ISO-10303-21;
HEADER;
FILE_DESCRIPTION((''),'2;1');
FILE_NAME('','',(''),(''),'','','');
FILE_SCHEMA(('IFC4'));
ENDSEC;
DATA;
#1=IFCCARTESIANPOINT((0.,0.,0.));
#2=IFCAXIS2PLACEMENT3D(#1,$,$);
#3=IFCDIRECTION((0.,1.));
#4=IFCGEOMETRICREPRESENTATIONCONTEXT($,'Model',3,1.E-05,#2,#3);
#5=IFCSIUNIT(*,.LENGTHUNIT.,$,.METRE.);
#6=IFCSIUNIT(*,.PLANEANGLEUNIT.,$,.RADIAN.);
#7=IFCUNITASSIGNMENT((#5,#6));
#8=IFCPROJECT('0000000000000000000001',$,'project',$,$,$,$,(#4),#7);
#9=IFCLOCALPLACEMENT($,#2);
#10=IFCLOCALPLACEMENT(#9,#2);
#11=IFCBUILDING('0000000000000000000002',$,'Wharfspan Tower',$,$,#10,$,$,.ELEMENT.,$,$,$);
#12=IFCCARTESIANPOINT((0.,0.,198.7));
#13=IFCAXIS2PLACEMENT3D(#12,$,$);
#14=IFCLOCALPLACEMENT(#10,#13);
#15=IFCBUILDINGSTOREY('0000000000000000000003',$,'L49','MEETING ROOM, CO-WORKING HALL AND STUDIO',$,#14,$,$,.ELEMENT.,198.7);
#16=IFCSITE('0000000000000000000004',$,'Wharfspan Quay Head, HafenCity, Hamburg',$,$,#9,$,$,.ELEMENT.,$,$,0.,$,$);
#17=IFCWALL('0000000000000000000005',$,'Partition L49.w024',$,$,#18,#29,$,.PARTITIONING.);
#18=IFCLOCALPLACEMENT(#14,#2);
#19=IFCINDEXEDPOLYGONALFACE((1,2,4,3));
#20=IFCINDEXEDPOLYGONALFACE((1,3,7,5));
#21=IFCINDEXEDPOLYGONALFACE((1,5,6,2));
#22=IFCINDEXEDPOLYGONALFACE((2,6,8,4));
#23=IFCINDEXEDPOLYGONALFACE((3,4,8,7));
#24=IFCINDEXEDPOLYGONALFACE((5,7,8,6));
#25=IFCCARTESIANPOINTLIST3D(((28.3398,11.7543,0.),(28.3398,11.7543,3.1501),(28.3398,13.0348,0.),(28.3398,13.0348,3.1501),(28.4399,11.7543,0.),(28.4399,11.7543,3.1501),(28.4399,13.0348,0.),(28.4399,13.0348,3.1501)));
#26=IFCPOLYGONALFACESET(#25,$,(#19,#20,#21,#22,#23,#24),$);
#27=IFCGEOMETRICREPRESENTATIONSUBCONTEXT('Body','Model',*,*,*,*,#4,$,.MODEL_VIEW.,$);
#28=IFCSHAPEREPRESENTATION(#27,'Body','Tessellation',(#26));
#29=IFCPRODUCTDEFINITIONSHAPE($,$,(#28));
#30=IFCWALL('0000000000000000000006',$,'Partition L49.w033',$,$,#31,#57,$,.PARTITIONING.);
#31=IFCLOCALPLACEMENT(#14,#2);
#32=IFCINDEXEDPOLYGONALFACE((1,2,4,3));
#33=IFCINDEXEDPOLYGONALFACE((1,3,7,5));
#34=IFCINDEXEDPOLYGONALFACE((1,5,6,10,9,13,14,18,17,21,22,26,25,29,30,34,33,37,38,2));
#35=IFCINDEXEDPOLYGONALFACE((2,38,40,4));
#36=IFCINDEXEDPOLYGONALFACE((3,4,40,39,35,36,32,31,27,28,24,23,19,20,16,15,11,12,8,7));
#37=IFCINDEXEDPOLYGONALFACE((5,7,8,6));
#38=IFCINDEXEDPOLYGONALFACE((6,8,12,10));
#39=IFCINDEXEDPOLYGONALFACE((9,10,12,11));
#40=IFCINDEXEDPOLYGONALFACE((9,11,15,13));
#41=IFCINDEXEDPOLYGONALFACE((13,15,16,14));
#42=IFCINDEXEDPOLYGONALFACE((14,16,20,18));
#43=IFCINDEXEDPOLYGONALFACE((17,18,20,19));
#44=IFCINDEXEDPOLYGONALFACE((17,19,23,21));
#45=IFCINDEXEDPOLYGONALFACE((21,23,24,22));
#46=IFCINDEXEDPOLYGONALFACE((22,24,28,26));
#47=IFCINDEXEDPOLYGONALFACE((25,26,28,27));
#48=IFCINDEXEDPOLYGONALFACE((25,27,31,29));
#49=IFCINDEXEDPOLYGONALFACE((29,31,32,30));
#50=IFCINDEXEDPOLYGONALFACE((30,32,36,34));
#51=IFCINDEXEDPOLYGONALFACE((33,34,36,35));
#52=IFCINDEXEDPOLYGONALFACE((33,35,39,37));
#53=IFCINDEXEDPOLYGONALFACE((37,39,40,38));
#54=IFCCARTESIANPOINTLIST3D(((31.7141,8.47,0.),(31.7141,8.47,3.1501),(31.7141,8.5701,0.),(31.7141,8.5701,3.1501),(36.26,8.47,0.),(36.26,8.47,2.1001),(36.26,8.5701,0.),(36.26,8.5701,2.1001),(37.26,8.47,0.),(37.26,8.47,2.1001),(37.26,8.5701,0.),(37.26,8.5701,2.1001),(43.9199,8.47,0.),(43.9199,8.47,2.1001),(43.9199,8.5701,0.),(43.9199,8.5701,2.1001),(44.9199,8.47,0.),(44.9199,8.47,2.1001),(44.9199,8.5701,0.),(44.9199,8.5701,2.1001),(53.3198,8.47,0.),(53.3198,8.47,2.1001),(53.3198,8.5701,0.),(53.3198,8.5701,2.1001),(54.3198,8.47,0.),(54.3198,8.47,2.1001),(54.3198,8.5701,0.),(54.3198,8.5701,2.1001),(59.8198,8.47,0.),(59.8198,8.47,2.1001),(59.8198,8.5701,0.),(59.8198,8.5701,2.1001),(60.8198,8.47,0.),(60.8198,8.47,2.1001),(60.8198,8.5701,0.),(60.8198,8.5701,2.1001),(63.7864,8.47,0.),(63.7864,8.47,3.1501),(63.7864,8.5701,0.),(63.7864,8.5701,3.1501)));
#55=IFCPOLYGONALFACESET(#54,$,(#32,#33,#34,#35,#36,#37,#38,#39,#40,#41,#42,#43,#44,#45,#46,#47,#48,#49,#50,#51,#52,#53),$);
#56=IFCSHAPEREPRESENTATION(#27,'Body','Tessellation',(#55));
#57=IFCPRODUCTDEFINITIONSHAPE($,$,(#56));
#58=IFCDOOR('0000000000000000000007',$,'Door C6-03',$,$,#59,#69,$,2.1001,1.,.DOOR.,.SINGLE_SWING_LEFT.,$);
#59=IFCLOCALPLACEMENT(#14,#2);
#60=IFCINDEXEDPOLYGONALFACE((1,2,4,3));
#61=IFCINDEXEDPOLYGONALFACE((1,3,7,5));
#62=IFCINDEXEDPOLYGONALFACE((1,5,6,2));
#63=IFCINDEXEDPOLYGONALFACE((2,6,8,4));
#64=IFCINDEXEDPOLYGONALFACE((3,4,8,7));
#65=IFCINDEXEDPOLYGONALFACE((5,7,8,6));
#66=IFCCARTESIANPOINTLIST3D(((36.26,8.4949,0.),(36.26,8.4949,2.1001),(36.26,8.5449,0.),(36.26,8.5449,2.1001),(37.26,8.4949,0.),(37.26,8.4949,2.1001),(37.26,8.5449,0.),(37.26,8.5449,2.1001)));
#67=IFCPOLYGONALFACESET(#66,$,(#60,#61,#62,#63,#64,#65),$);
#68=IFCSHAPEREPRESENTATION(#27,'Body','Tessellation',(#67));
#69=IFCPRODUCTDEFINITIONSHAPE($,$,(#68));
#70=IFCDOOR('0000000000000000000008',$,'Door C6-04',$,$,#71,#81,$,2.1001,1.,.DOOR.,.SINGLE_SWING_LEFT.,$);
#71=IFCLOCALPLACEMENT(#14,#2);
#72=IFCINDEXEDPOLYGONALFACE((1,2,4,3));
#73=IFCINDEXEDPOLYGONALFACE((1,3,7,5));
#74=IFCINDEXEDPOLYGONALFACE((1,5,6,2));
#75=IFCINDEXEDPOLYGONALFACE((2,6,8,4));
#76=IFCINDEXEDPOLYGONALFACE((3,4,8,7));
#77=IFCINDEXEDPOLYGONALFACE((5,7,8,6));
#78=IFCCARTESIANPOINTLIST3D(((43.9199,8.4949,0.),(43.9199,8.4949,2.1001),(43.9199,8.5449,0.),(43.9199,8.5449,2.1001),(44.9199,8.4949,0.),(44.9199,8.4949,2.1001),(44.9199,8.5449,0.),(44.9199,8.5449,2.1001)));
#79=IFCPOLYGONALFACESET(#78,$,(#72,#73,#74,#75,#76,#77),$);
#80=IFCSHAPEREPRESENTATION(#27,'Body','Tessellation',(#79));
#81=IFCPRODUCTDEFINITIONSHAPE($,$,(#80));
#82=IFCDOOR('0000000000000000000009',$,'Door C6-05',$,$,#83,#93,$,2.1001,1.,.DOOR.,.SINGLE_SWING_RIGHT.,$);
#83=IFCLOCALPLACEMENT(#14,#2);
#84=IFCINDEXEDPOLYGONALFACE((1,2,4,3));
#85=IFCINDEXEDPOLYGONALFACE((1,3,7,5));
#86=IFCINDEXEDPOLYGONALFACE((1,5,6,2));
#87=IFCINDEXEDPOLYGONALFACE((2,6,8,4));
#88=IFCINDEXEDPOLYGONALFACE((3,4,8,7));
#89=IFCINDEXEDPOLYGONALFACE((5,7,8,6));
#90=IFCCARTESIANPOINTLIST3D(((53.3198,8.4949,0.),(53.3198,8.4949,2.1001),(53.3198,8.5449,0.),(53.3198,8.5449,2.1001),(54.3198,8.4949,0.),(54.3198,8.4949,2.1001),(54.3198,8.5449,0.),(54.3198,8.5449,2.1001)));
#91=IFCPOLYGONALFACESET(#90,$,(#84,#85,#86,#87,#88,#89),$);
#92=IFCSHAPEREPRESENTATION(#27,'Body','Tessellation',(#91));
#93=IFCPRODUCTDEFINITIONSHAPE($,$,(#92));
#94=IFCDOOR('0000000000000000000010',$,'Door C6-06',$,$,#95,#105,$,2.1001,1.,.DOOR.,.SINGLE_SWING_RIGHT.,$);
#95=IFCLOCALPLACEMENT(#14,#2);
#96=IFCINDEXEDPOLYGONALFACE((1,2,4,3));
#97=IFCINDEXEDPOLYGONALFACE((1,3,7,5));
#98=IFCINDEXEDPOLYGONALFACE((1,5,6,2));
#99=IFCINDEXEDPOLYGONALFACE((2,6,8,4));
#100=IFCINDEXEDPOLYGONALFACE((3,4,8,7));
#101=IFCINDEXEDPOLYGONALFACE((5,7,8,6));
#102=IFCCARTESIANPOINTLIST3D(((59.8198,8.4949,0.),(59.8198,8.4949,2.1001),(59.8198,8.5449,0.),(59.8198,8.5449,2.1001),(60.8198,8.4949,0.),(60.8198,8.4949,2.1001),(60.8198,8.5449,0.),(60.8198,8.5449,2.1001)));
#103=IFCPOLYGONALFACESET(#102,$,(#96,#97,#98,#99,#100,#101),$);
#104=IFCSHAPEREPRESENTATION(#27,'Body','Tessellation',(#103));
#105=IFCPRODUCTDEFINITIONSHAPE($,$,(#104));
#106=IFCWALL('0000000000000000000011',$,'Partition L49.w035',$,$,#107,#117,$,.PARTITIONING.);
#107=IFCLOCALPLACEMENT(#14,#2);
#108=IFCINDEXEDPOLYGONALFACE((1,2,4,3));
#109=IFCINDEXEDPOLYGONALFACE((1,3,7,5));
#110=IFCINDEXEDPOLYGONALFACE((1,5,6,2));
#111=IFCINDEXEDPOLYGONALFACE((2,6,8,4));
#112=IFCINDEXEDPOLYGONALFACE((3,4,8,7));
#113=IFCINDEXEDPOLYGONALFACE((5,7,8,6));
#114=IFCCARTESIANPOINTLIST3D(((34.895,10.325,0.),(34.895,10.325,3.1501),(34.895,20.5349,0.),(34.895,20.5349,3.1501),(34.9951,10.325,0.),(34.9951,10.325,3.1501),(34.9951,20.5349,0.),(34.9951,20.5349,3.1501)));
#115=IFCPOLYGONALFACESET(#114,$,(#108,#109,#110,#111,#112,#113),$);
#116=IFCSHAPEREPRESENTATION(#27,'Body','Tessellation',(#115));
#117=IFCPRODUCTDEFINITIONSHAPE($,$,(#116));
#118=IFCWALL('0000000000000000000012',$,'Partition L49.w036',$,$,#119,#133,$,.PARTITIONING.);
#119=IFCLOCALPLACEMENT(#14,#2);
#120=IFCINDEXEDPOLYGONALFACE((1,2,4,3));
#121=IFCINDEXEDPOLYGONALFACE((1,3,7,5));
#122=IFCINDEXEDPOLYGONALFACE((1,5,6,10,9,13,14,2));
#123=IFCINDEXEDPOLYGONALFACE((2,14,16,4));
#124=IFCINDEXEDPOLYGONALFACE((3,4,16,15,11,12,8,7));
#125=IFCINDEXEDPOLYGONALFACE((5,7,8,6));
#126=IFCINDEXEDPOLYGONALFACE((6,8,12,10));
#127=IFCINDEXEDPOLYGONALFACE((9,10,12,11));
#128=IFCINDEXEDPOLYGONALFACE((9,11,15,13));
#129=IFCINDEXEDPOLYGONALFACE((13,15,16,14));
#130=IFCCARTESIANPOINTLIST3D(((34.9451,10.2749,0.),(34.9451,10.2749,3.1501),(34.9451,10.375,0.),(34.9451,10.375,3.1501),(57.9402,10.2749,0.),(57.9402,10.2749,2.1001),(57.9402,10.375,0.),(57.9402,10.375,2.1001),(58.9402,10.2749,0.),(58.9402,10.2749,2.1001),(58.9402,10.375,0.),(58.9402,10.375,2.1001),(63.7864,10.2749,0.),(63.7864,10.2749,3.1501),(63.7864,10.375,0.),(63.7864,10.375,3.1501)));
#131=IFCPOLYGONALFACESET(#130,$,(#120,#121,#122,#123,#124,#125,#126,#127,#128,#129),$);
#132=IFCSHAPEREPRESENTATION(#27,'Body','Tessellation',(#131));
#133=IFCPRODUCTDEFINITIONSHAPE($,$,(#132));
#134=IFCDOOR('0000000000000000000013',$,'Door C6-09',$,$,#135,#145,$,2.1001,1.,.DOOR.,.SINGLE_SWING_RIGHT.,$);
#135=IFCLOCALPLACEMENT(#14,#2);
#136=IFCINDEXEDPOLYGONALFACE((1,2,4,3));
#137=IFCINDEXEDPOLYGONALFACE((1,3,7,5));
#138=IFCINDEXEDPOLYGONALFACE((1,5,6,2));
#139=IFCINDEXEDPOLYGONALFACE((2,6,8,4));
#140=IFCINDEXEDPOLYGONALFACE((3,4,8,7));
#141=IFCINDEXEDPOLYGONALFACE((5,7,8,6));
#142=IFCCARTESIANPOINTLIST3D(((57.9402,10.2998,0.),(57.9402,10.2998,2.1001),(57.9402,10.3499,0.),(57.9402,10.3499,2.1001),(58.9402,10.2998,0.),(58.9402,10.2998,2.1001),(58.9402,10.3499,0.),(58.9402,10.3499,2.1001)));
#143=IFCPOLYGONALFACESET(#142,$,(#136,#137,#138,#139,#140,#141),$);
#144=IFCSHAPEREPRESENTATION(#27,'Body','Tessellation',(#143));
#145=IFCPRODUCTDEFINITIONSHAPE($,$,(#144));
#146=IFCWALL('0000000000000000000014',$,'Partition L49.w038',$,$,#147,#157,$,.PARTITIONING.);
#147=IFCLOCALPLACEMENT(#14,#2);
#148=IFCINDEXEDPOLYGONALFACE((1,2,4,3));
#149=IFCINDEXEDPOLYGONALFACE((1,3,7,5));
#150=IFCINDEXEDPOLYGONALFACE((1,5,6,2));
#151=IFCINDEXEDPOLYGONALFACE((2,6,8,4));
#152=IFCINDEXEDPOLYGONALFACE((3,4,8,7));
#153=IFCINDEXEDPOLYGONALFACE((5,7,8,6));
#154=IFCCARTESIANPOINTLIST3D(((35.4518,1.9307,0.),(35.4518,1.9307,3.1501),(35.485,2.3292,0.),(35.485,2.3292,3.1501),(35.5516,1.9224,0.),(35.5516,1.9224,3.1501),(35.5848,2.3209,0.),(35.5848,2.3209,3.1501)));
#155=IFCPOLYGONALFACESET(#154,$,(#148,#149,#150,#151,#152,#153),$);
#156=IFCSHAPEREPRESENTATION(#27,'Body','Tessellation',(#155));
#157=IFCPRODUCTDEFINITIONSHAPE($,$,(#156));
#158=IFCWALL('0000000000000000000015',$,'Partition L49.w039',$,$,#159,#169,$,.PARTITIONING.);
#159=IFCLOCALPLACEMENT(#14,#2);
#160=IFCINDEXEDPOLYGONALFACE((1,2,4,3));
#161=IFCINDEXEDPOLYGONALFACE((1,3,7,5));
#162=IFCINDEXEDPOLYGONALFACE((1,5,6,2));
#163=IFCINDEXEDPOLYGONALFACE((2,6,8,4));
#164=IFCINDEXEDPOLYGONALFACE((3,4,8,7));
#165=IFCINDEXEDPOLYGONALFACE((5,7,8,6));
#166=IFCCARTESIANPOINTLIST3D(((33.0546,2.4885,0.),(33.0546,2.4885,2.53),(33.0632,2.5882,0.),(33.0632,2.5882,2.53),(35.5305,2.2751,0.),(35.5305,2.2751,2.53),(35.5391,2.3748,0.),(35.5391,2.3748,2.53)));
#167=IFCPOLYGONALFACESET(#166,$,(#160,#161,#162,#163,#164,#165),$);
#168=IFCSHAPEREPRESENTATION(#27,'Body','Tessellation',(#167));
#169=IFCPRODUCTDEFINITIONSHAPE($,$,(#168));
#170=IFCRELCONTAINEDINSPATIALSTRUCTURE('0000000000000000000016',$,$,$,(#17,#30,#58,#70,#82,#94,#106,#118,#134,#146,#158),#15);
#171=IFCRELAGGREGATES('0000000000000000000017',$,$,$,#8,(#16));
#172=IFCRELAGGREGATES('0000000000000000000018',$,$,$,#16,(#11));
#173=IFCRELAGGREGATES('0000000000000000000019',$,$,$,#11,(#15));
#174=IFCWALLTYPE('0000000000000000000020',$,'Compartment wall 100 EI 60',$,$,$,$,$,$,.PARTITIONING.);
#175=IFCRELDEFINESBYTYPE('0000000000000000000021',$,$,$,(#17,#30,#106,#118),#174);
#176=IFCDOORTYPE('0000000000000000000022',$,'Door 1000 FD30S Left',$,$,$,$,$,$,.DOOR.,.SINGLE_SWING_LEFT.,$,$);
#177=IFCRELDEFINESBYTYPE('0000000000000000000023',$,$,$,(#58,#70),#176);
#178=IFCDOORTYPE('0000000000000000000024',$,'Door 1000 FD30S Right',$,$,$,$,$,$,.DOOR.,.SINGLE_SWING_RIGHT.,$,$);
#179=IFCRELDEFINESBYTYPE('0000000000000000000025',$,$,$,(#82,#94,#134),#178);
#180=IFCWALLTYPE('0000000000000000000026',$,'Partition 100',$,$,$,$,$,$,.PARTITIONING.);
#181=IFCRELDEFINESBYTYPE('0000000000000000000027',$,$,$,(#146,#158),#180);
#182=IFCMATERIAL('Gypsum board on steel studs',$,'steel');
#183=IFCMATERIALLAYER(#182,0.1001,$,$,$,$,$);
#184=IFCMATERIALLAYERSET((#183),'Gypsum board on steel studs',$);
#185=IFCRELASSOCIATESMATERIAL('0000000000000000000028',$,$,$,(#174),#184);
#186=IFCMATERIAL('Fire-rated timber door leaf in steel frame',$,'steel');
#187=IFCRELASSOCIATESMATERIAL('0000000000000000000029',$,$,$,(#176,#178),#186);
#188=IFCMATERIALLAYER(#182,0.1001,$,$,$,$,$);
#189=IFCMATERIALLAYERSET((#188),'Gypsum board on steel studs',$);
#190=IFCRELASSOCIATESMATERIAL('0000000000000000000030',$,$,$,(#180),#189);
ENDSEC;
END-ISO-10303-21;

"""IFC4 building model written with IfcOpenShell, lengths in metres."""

from ifc_helpers import new_model, si_unit, direction, frame, frame_2d, origin, place, context, subcontext, project, spatial, rectangle, extrude, material, layer, layer_set, type_object, element, fill, save


model = new_model("IFC4")

# Units and contexts
model_context = context("Model", 3, precision=1e-05, world=origin(), true_north=direction((0.0, 1.0)))
body_context = subcontext(model_context, "Body", "Model", "MODEL_VIEW")
ifc_project = project(units=[si_unit("LENGTHUNIT", "METRE"), si_unit("PLANEANGLEUNIT", "RADIAN")], contexts=[model_context])

# Site, building, storey
site_placement = place(None, origin())
site = spatial("IfcSite", under=ifc_project, at=site_placement, Name="Wharfspan Quay Head, HafenCity, Hamburg", CompositionType="ELEMENT", RefElevation=0.0)
building_placement = place(site_placement, origin())
building = spatial("IfcBuilding", under=site, at=building_placement, Name="Wharfspan Tower", CompositionType="ELEMENT")
storey_placement = place(building_placement, frame((0.0, 0.0, 198.7)))
storey = spatial("IfcBuildingStorey", under=building, at=storey_placement, Name="L49", Description="MEETING ROOM, CO-WORKING HALL AND STUDIO", CompositionType="ELEMENT", Elevation=198.7)

# Wall
ifc_material_1 = material(Name="Gypsum board on steel studs", Category="steel")
ifc_layer_1 = layer(ifc_material_1, 0.1001)
ifc_layer_set_1 = layer_set([ifc_layer_1], Name="Gypsum board on steel studs")
wall_type_1 = type_object("IfcWallType", Name="Compartment wall 100 EI 60", PredefinedType="PARTITIONING", material=ifc_layer_set_1)
wall_1_placement = place(storey_placement, frame((28.3899, 11.7544, 0.0), z_axis=(0.0, 0.0, 1.0), x_axis=(0.0, 1.0, 0.0)))
element("IfcWall", 1, at=wall_1_placement, inside=storey, type_object=wall_type_1, Name="Partition L49.w024", PredefinedType="PARTITIONING", context=body_context, shape_type="SweptSolid", body=[
    extrude(rectangle(XDim=1.2805, YDim=0.1001, at=frame_2d((0.6401, 0.0))), origin(), (0.0, 0.0, 1.0), 3.1501),
])

# Wall, openings, doors
wall_2_placement = place(storey_placement, frame((31.7141, 8.52, 0.0), z_axis=(0.0, 0.0, 1.0), x_axis=(1.0, 0.0, 0.0)))
wall_2 = element("IfcWall", 2, at=wall_2_placement, inside=storey, type_object=wall_type_1, Name="Partition L49.w033", PredefinedType="PARTITIONING", context=body_context, shape_type="SweptSolid", body=[
    extrude(rectangle(XDim=32.0723, YDim=0.1001, at=frame_2d((16.0361, 0.0))), origin(), (0.0, 0.0, 1.0), 3.1501),
])
opening_1_placement = place(wall_2_placement, frame((4.5459, 0.0, 0.0)))
opening_1 = element("IfcOpeningElement", 3, at=opening_1_placement, cuts=wall_2, PredefinedType="OPENING", context=body_context, shape_type="SweptSolid", body=[
    extrude(rectangle(XDim=1.0, YDim=2.1001, at=frame_2d((0.5, 1.05))), frame((0.0, 0.0601, 0.0), z_axis=(0.0, -1.0, 0.0), x_axis=(1.0, 0.0, 0.0)), (0.0, 0.0, 1.0), 0.1201),
])
opening_2_placement = place(wall_2_placement, frame((12.2058, 0.0, 0.0)))
opening_2 = element("IfcOpeningElement", 4, at=opening_2_placement, cuts=wall_2, PredefinedType="OPENING", context=body_context, shape_type="SweptSolid", body=[
    extrude(rectangle(XDim=1.0, YDim=2.1001, at=frame_2d((0.5, 1.05))), frame((0.0, 0.0601, 0.0), z_axis=(0.0, -1.0, 0.0), x_axis=(1.0, 0.0, 0.0)), (0.0, 0.0, 1.0), 0.1201),
])
opening_3_placement = place(wall_2_placement, frame((21.6057, 0.0, 0.0)))
opening_3 = element("IfcOpeningElement", 5, at=opening_3_placement, cuts=wall_2, PredefinedType="OPENING", context=body_context, shape_type="SweptSolid", body=[
    extrude(rectangle(XDim=1.0, YDim=2.1001, at=frame_2d((0.5, 1.05))), frame((0.0, 0.0601, 0.0), z_axis=(0.0, -1.0, 0.0), x_axis=(1.0, 0.0, 0.0)), (0.0, 0.0, 1.0), 0.1201),
])
opening_4_placement = place(wall_2_placement, frame((28.1057, 0.0, 0.0)))
opening_4 = element("IfcOpeningElement", 6, at=opening_4_placement, cuts=wall_2, PredefinedType="OPENING", context=body_context, shape_type="SweptSolid", body=[
    extrude(rectangle(XDim=1.0, YDim=2.1001, at=frame_2d((0.5, 1.05))), frame((0.0, 0.0601, 0.0), z_axis=(0.0, -1.0, 0.0), x_axis=(1.0, 0.0, 0.0)), (0.0, 0.0, 1.0), 0.1201),
])
ifc_material_2 = material(Name="Fire-rated timber door leaf in steel frame", Category="steel")
door_type_1 = type_object("IfcDoorType", Name="Door 1000 FD30S Left", OperationType="SINGLE_SWING_LEFT", PredefinedType="DOOR", material=ifc_material_2)
door_1_placement = place(opening_1_placement, origin())
door_1 = element("IfcDoor", 7, at=door_1_placement, inside=storey, type_object=door_type_1, Name="Door C6-03", OperationType="SINGLE_SWING_LEFT", OverallHeight=2.1001, OverallWidth=1.0, PredefinedType="DOOR", context=body_context, shape_type="SweptSolid", body=[
    extrude(rectangle(XDim=1.0, YDim=2.1001, at=frame_2d((0.5, 1.05))), frame((0.0, 0.0249, 0.0), z_axis=(0.0, -1.0, 0.0), x_axis=(1.0, 0.0, 0.0)), (0.0, 0.0, 1.0), 0.05),
])
fill(opening_1, door_1)
door_2_placement = place(opening_2_placement, origin())
door_2 = element("IfcDoor", 8, at=door_2_placement, inside=storey, type_object=door_type_1, Name="Door C6-04", OperationType="SINGLE_SWING_LEFT", OverallHeight=2.1001, OverallWidth=1.0, PredefinedType="DOOR", context=body_context, shape_type="SweptSolid", body=[
    extrude(rectangle(XDim=1.0, YDim=2.1001, at=frame_2d((0.5, 1.05))), frame((0.0, 0.0249, 0.0), z_axis=(0.0, -1.0, 0.0), x_axis=(1.0, 0.0, 0.0)), (0.0, 0.0, 1.0), 0.05),
])
fill(opening_2, door_2)
door_type_2 = type_object("IfcDoorType", Name="Door 1000 FD30S Right", OperationType="SINGLE_SWING_RIGHT", PredefinedType="DOOR", material=ifc_material_2)
door_3_placement = place(opening_3_placement, origin())
door_3 = element("IfcDoor", 9, at=door_3_placement, inside=storey, type_object=door_type_2, Name="Door C6-05", OperationType="SINGLE_SWING_RIGHT", OverallHeight=2.1001, OverallWidth=1.0, PredefinedType="DOOR", context=body_context, shape_type="SweptSolid", body=[
    extrude(rectangle(XDim=1.0, YDim=2.1001, at=frame_2d((0.5, 1.05))), frame((0.0, 0.0249, 0.0), z_axis=(0.0, -1.0, 0.0), x_axis=(1.0, 0.0, 0.0)), (0.0, 0.0, 1.0), 0.05),
])
fill(opening_3, door_3)
door_4_placement = place(opening_4_placement, origin())
door_4 = element("IfcDoor", 10, at=door_4_placement, inside=storey, type_object=door_type_2, Name="Door C6-06", OperationType="SINGLE_SWING_RIGHT", OverallHeight=2.1001, OverallWidth=1.0, PredefinedType="DOOR", context=body_context, shape_type="SweptSolid", body=[
    extrude(rectangle(XDim=1.0, YDim=2.1001, at=frame_2d((0.5, 1.05))), frame((0.0, 0.0249, 0.0), z_axis=(0.0, -1.0, 0.0), x_axis=(1.0, 0.0, 0.0)), (0.0, 0.0, 1.0), 0.05),
])
fill(opening_4, door_4)

# Wall
wall_3_placement = place(storey_placement, frame((34.9451, 10.325, 0.0), z_axis=(0.0, 0.0, 1.0), x_axis=(0.0, 1.0, 0.0)))
element("IfcWall", 11, at=wall_3_placement, inside=storey, type_object=wall_type_1, Name="Partition L49.w035", PredefinedType="PARTITIONING", context=body_context, shape_type="SweptSolid", body=[
    extrude(rectangle(XDim=10.21, YDim=0.1001, at=frame_2d((5.105, 0.0))), origin(), (0.0, 0.0, 1.0), 3.1501),
])

# Wall, opening, door
wall_4_placement = place(storey_placement, frame((34.9451, 10.325, 0.0), z_axis=(0.0, 0.0, 1.0), x_axis=(1.0, 0.0, 0.0)))
wall_4 = element("IfcWall", 12, at=wall_4_placement, inside=storey, type_object=wall_type_1, Name="Partition L49.w036", PredefinedType="PARTITIONING", context=body_context, shape_type="SweptSolid", body=[
    extrude(rectangle(XDim=28.8413, YDim=0.1001, at=frame_2d((14.4207, 0.0))), origin(), (0.0, 0.0, 1.0), 3.1501),
])
opening_5_placement = place(wall_4_placement, frame((22.9951, 0.0, 0.0)))
opening_5 = element("IfcOpeningElement", 13, at=opening_5_placement, cuts=wall_4, PredefinedType="OPENING", context=body_context, shape_type="SweptSolid", body=[
    extrude(rectangle(XDim=1.0, YDim=2.1001, at=frame_2d((0.5, 1.05))), frame((0.0, 0.0601, 0.0), z_axis=(0.0, -1.0, 0.0), x_axis=(1.0, 0.0, 0.0)), (0.0, 0.0, 1.0), 0.1201),
])
door_5_placement = place(opening_5_placement, origin())
door_5 = element("IfcDoor", 14, at=door_5_placement, inside=storey, type_object=door_type_2, Name="Door C6-09", OperationType="SINGLE_SWING_RIGHT", OverallHeight=2.1001, OverallWidth=1.0, PredefinedType="DOOR", context=body_context, shape_type="SweptSolid", body=[
    extrude(rectangle(XDim=1.0, YDim=2.1001, at=frame_2d((0.5, 1.05))), frame((0.0, 0.0249, 0.0), z_axis=(0.0, -1.0, 0.0), x_axis=(1.0, 0.0, 0.0)), (0.0, 0.0, 1.0), 0.05),
])
fill(opening_5, door_5)

# Walls
ifc_layer_2 = layer(ifc_material_1, 0.1001)
ifc_layer_set_2 = layer_set([ifc_layer_2], Name="Gypsum board on steel studs")
wall_type_2 = type_object("IfcWallType", Name="Partition 100", PredefinedType="PARTITIONING", material=ifc_layer_set_2)
wall_5_placement = place(storey_placement, frame((35.5017, 1.9265, 0.0), z_axis=(0.0, 0.0, 1.0), x_axis=(0.083045, 0.996542, 0.0)))
element("IfcWall", 15, at=wall_5_placement, inside=storey, type_object=wall_type_2, Name="Partition L49.w038", PredefinedType="PARTITIONING", context=body_context, shape_type="SweptSolid", body=[
    extrude(rectangle(XDim=0.3999, YDim=0.1001, at=frame_2d((0.2, 0.0))), origin(), (0.0, 0.0, 1.0), 3.1501),
])
wall_6_placement = place(storey_placement, frame((35.5349, 2.325, 0.0), z_axis=(0.0, 0.0, 1.0), x_axis=(-0.996311, 0.085867, 0.0)))
element("IfcWall", 16, at=wall_6_placement, inside=storey, type_object=wall_type_2, Name="Partition L49.w039", PredefinedType="PARTITIONING", context=body_context, shape_type="SweptSolid", body=[
    extrude(rectangle(XDim=2.4851, YDim=0.1001, at=frame_2d((1.2427, 0.0))), origin(), (0.0, 0.0, 1.0), 2.53),
])

save(model, "model.ifc")
